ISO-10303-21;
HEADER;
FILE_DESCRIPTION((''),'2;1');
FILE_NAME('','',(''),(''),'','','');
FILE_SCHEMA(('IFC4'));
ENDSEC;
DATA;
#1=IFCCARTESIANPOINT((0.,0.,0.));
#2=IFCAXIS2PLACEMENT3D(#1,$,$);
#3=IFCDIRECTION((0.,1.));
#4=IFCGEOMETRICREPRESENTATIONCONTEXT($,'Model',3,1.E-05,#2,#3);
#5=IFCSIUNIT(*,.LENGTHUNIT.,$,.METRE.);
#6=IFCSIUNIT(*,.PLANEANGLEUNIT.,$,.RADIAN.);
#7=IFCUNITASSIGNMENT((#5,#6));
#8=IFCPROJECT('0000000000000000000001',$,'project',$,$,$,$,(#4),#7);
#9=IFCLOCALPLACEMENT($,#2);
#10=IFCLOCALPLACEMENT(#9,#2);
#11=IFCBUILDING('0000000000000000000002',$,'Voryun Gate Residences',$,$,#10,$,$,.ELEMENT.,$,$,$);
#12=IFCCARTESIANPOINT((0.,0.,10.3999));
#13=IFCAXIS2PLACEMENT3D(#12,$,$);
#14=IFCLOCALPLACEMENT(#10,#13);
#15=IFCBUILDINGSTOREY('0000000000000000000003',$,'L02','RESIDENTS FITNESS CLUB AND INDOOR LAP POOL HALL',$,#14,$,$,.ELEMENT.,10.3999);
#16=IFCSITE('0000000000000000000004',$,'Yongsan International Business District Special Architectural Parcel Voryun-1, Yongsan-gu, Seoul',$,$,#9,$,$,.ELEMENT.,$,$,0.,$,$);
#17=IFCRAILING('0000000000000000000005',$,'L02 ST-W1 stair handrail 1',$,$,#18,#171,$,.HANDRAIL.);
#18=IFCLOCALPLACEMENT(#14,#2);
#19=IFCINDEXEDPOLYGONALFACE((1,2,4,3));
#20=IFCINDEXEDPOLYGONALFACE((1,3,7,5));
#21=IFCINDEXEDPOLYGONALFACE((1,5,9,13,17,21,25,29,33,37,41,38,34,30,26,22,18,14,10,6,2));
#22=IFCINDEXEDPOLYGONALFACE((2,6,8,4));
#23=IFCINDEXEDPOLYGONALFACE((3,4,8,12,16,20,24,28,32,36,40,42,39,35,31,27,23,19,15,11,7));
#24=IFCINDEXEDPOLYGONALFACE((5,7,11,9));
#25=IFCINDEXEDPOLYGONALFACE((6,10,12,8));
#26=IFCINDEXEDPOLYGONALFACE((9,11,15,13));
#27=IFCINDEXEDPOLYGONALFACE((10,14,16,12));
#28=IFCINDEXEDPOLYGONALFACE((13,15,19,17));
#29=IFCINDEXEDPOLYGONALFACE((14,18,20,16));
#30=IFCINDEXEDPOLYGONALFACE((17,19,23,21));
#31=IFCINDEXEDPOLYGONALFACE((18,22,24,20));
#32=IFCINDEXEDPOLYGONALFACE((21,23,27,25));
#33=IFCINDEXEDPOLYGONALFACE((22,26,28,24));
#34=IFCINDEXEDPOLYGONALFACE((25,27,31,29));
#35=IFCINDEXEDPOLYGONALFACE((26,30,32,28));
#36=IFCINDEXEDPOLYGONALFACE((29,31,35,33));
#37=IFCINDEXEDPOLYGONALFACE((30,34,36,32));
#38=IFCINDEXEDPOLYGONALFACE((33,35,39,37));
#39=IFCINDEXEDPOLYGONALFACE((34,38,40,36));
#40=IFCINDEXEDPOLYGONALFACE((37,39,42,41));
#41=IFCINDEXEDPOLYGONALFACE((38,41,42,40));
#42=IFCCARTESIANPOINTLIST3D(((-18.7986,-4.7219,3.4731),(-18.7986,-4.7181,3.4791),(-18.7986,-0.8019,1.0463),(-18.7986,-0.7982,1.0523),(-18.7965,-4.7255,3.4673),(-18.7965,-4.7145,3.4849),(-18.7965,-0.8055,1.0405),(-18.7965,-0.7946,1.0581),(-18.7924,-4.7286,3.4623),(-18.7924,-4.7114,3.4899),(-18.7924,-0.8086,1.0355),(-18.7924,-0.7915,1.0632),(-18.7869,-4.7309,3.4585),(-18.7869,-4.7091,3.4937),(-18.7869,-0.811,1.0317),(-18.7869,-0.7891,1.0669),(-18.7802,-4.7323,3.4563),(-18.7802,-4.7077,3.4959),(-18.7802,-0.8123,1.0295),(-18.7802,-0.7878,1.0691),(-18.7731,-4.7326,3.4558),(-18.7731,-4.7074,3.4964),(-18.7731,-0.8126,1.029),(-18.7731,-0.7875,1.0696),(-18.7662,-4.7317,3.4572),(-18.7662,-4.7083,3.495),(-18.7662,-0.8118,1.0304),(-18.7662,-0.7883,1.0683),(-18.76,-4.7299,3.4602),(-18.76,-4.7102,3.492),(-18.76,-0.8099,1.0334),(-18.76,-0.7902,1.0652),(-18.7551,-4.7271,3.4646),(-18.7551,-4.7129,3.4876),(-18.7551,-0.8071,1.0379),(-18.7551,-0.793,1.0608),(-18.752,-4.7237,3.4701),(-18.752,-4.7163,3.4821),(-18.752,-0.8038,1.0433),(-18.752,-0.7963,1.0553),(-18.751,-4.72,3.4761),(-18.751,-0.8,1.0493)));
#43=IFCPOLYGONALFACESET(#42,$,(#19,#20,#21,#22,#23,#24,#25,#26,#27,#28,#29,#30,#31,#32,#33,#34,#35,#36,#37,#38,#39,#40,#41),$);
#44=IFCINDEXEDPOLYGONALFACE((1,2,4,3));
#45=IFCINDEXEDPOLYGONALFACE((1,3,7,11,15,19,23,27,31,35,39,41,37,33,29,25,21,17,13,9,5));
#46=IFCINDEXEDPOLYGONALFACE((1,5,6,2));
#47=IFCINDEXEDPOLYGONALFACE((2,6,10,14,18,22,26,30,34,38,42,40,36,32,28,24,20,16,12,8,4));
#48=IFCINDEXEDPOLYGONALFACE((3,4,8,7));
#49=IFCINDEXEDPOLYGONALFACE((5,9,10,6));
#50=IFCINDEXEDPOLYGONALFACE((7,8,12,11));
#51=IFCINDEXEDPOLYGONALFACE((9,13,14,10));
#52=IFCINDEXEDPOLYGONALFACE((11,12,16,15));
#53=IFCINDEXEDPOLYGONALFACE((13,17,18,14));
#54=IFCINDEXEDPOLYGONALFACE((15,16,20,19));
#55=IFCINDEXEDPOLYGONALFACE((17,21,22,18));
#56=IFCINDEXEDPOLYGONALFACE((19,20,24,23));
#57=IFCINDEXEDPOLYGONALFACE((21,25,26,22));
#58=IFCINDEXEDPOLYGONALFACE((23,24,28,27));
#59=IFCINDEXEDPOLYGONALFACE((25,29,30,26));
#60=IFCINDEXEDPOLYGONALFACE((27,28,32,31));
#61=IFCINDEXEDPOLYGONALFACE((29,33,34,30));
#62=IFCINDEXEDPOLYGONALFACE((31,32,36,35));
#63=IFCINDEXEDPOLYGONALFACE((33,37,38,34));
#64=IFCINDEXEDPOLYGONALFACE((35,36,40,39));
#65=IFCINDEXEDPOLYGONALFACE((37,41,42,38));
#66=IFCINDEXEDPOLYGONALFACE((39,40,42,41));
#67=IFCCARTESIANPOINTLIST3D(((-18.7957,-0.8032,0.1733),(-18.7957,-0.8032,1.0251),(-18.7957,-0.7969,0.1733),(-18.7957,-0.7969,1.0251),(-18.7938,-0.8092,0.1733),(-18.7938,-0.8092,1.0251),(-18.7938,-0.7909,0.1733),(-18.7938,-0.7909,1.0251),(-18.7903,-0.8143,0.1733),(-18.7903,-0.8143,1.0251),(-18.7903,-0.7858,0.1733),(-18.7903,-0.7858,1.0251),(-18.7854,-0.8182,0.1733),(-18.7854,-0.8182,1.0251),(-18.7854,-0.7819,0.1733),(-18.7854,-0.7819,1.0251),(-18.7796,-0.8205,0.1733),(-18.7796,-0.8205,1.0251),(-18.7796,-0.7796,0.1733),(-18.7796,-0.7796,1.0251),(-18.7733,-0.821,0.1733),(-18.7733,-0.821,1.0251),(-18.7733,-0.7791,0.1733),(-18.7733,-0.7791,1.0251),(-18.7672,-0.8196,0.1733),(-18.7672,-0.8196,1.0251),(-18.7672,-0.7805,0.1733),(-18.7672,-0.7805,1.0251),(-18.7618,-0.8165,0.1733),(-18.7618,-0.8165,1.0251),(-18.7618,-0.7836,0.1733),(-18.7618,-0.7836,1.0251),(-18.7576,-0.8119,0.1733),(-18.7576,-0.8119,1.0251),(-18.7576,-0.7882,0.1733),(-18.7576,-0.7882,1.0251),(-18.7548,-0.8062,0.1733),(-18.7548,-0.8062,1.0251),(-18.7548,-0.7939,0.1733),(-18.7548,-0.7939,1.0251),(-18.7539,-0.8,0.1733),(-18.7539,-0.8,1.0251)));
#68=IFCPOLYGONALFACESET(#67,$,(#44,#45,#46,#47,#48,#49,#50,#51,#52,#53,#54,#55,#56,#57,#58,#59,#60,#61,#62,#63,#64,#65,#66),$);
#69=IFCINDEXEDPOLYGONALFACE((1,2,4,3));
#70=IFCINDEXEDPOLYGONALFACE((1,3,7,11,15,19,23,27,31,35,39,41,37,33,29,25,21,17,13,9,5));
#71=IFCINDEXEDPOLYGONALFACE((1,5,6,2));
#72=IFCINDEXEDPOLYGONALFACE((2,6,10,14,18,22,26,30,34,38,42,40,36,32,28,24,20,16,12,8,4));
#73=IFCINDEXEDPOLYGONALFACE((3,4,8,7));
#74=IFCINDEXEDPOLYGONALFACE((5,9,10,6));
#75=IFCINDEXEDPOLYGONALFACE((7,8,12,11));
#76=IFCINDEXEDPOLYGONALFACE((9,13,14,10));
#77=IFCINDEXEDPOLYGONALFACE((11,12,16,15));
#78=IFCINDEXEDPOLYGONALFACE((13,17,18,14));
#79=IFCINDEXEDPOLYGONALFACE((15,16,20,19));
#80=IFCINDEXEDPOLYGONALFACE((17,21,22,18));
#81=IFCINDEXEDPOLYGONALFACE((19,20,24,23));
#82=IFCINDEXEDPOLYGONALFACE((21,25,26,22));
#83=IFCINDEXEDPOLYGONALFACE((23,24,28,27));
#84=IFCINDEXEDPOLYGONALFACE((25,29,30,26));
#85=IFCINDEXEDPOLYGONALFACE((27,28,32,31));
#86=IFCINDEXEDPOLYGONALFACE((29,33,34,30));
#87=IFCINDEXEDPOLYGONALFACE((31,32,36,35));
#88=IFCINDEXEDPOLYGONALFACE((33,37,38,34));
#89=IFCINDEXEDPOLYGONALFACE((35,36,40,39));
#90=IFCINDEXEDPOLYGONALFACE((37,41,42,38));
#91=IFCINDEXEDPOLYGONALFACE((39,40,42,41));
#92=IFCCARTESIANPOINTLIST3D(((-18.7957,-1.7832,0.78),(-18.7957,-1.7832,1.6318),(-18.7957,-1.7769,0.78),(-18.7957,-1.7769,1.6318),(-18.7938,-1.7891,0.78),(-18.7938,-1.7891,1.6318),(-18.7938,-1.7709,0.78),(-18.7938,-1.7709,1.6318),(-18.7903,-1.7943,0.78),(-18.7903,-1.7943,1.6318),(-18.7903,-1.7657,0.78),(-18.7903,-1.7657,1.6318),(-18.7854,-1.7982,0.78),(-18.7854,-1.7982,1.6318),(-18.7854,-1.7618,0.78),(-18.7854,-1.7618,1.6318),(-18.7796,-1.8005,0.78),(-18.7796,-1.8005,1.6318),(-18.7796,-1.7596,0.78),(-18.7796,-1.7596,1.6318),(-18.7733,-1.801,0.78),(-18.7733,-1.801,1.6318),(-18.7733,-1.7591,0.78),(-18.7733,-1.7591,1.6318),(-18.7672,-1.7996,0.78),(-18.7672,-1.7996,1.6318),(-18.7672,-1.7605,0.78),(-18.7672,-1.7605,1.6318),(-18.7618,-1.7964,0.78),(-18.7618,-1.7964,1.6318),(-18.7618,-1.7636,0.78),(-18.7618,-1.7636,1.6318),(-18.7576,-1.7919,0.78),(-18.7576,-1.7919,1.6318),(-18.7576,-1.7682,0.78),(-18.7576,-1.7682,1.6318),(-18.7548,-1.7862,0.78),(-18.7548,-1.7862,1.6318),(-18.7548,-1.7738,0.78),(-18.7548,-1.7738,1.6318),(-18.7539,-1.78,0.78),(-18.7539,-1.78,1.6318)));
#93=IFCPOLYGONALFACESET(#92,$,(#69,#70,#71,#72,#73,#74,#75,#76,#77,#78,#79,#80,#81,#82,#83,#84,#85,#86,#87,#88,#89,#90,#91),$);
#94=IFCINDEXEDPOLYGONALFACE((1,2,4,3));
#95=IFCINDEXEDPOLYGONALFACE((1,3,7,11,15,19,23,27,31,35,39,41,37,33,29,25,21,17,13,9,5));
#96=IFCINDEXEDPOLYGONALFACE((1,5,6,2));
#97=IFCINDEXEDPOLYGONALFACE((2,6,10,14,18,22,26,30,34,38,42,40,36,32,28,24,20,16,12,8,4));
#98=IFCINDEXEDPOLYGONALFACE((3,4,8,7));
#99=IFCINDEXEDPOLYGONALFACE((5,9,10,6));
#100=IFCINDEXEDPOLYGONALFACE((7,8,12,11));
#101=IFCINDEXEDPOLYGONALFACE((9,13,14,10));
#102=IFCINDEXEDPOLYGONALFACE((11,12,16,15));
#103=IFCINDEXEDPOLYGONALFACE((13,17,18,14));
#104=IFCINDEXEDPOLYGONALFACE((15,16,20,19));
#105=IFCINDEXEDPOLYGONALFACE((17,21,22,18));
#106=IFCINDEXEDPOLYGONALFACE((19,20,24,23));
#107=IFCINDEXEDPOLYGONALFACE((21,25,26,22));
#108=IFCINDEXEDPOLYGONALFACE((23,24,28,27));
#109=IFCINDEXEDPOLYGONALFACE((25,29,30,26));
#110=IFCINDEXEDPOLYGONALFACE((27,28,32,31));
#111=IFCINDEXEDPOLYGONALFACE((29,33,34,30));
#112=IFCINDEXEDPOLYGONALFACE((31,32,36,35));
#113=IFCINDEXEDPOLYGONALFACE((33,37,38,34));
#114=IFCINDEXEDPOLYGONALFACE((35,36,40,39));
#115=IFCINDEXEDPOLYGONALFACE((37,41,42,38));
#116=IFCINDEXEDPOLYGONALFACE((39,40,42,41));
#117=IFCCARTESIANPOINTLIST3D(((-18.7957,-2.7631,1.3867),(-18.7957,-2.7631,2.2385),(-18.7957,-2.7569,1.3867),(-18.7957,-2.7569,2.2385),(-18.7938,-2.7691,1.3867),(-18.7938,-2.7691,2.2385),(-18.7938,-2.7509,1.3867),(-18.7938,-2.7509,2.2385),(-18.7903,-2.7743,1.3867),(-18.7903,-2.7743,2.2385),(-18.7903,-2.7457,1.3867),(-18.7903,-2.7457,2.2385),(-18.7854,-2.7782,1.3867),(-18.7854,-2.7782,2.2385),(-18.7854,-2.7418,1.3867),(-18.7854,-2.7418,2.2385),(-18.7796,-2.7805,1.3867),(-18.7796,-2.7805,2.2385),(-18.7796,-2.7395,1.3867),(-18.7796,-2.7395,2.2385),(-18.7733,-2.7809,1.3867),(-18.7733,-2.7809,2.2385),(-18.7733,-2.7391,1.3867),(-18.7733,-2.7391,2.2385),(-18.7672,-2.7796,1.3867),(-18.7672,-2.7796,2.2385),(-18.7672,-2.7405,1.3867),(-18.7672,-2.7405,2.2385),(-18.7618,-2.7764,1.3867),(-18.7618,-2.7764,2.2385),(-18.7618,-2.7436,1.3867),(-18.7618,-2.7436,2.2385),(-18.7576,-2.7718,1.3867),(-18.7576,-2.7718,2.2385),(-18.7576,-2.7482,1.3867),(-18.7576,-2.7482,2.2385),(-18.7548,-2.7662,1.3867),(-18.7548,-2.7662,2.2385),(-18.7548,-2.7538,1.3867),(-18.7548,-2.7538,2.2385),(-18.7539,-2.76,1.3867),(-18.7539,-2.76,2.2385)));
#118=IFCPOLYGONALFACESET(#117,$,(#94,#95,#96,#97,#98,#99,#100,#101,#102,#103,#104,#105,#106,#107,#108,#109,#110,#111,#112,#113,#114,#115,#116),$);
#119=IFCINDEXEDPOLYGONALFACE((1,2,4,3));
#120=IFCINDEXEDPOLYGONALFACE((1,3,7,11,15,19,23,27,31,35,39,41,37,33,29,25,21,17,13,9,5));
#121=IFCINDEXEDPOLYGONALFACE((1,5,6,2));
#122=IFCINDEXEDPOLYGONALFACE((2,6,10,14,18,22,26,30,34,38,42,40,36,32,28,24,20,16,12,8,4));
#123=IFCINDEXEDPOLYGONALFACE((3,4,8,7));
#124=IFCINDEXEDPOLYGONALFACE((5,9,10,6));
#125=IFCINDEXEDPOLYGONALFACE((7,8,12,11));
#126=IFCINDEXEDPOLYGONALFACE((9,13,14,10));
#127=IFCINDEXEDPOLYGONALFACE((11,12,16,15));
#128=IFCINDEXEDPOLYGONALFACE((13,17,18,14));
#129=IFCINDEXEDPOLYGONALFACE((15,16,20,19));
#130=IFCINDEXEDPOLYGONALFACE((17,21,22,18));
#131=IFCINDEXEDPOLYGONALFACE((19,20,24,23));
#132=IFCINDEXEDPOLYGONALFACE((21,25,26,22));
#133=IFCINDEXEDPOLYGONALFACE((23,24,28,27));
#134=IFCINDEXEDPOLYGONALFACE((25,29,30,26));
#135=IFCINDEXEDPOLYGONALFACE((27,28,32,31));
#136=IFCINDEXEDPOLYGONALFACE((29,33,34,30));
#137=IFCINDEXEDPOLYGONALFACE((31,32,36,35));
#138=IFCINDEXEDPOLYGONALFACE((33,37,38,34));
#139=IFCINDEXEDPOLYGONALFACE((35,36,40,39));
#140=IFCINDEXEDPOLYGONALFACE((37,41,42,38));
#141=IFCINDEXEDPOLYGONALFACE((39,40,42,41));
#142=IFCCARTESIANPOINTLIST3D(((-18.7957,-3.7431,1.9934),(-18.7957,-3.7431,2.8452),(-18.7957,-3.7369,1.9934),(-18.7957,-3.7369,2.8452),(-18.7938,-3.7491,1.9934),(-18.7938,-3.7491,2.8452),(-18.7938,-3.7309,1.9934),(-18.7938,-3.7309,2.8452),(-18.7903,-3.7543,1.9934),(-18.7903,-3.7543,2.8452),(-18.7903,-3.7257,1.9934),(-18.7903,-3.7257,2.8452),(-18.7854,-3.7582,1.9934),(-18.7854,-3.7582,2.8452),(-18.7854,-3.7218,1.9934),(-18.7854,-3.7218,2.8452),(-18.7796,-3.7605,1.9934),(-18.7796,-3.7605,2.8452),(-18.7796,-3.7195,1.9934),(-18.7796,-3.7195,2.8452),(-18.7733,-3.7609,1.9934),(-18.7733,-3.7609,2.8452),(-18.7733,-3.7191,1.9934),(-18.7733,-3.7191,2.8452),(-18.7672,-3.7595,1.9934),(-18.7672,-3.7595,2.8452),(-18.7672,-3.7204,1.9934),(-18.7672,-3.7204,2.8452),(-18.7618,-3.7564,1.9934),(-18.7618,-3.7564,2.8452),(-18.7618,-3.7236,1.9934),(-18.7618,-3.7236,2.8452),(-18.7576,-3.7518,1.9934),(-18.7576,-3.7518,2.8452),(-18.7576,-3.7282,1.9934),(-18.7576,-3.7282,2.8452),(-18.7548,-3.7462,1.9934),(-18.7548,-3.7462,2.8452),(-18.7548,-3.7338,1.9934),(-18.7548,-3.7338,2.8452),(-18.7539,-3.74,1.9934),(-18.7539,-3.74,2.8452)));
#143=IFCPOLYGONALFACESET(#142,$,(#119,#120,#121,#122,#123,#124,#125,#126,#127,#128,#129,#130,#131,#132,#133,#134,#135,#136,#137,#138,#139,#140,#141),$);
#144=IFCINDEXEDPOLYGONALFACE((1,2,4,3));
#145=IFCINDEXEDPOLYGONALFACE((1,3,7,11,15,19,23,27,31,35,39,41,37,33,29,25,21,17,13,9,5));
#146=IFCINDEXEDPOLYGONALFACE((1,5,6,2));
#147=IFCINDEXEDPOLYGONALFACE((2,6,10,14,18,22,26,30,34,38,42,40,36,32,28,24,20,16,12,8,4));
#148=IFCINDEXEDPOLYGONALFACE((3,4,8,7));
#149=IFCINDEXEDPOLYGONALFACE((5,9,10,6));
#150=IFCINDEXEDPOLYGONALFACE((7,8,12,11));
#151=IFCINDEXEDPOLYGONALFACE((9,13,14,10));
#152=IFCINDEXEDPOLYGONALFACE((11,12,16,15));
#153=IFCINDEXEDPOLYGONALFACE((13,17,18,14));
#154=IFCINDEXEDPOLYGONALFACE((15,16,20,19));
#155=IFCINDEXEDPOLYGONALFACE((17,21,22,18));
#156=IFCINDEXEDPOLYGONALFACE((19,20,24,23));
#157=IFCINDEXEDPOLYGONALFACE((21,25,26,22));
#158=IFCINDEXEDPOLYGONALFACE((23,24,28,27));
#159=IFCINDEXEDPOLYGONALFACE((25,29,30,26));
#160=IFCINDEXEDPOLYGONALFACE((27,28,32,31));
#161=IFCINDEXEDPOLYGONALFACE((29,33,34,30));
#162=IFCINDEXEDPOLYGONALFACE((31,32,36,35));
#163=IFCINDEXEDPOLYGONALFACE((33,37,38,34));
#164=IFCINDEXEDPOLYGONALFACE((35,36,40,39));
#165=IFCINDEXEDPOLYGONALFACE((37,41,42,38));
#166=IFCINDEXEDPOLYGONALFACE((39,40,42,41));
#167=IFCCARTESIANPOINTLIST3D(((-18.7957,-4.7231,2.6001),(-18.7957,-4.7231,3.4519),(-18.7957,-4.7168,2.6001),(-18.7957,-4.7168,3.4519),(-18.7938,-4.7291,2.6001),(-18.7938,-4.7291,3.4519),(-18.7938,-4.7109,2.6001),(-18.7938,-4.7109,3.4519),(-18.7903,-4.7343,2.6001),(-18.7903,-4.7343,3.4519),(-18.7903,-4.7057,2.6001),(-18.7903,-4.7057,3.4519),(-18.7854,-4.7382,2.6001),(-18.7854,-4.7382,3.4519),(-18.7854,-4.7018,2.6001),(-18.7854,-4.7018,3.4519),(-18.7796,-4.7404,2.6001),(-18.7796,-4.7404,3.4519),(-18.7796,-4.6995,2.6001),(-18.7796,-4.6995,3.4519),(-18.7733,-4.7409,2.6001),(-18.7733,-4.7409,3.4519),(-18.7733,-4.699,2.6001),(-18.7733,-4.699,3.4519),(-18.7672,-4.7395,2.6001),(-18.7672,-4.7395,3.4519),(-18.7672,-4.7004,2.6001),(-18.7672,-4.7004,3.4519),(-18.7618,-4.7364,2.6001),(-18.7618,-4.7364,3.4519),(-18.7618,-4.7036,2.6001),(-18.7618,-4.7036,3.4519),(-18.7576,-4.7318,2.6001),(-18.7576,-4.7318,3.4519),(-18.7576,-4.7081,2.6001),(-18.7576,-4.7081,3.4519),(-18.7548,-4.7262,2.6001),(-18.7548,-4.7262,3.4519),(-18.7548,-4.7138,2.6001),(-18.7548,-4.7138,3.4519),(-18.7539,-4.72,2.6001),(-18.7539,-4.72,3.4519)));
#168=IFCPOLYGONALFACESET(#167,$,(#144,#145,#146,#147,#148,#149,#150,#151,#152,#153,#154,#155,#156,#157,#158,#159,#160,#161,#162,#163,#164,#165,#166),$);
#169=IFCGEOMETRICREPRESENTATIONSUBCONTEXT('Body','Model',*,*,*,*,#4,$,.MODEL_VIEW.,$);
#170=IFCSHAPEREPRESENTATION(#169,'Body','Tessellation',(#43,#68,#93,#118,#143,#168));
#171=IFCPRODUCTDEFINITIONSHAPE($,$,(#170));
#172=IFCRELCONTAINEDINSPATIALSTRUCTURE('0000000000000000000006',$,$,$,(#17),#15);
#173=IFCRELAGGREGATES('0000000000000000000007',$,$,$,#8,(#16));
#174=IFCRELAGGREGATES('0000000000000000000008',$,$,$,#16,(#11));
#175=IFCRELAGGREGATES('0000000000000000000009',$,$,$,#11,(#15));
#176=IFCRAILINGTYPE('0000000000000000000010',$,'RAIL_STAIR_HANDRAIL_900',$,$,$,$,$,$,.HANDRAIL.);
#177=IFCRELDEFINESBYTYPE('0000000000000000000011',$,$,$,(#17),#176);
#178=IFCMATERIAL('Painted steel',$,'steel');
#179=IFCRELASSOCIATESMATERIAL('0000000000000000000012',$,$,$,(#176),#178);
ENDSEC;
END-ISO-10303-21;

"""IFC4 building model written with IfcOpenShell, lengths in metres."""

from ifc_helpers import new_model, si_unit, direction, frame, origin, origin_2d, place, context, subcontext, project, spatial, circle, extrude, material, type_object, element, save


model = new_model("IFC4")

# Units and contexts
model_context = context("Model", 3, precision=1e-05, world=origin(), true_north=direction((0.0, 1.0)))
body_context = subcontext(model_context, "Body", "Model", "MODEL_VIEW")
ifc_project = project(units=[si_unit("LENGTHUNIT", "METRE"), si_unit("PLANEANGLEUNIT", "RADIAN")], contexts=[model_context])

# Site, building, storey
site_placement = place(None, origin())
site = spatial("IfcSite", under=ifc_project, at=site_placement, Name="Yongsan International Business District Special Architectural Parcel Voryun-1, Yongsan-gu, Seoul", CompositionType="ELEMENT", RefElevation=0.0)
building_placement = place(site_placement, origin())
building = spatial("IfcBuilding", under=site, at=building_placement, Name="Voryun Gate Residences", CompositionType="ELEMENT")
storey_placement = place(building_placement, frame((0.0, 0.0, 10.3999)))
storey = spatial("IfcBuildingStorey", under=building, at=storey_placement, Name="L02", Description="RESIDENTS FITNESS CLUB AND INDOOR LAP POOL HALL", CompositionType="ELEMENT", Elevation=10.3999)

# Railing
ifc_material_1 = material(Name="Painted steel", Category="steel")
railing_type_1 = type_object("IfcRailingType", Name="RAIL_STAIR_HANDRAIL_900", PredefinedType="HANDRAIL", material=ifc_material_1)
railing_1_placement = place(storey_placement, frame((-18.7749, -0.8, 0.1733)))
element("IfcRailing", 1, at=railing_1_placement, inside=storey, type_object=railing_type_1, Name="L02 ST-W1 stair handrail 1", PredefinedType="HANDRAIL", context=body_context, shape_type="SweptSolid", body=[
    extrude(circle(Radius=0.0239, at=origin_2d()), frame((0.0, 0.0, 0.876), z_axis=(0.0, -0.850252, 0.526376), x_axis=(1.0, 0.0, 0.0)), (0.0, 0.0, 1.0), 4.6104),
    extrude(circle(Radius=0.021, at=origin_2d()), origin(), (0.0, 0.0, 1.0), 0.8518),
    extrude(circle(Radius=0.021, at=origin_2d()), frame((0.0, -0.98, 0.6067)), (0.0, 0.0, 1.0), 0.8518),
    extrude(circle(Radius=0.021, at=origin_2d()), frame((0.0, -1.96, 1.2134)), (0.0, 0.0, 1.0), 0.8518),
    extrude(circle(Radius=0.021, at=origin_2d()), frame((0.0, -2.9399, 1.8201)), (0.0, 0.0, 1.0), 0.8518),
    extrude(circle(Radius=0.021, at=origin_2d()), frame((0.0, -3.9199, 2.4268)), (0.0, 0.0, 1.0), 0.8518),
])

save(model, "model.ifc")
